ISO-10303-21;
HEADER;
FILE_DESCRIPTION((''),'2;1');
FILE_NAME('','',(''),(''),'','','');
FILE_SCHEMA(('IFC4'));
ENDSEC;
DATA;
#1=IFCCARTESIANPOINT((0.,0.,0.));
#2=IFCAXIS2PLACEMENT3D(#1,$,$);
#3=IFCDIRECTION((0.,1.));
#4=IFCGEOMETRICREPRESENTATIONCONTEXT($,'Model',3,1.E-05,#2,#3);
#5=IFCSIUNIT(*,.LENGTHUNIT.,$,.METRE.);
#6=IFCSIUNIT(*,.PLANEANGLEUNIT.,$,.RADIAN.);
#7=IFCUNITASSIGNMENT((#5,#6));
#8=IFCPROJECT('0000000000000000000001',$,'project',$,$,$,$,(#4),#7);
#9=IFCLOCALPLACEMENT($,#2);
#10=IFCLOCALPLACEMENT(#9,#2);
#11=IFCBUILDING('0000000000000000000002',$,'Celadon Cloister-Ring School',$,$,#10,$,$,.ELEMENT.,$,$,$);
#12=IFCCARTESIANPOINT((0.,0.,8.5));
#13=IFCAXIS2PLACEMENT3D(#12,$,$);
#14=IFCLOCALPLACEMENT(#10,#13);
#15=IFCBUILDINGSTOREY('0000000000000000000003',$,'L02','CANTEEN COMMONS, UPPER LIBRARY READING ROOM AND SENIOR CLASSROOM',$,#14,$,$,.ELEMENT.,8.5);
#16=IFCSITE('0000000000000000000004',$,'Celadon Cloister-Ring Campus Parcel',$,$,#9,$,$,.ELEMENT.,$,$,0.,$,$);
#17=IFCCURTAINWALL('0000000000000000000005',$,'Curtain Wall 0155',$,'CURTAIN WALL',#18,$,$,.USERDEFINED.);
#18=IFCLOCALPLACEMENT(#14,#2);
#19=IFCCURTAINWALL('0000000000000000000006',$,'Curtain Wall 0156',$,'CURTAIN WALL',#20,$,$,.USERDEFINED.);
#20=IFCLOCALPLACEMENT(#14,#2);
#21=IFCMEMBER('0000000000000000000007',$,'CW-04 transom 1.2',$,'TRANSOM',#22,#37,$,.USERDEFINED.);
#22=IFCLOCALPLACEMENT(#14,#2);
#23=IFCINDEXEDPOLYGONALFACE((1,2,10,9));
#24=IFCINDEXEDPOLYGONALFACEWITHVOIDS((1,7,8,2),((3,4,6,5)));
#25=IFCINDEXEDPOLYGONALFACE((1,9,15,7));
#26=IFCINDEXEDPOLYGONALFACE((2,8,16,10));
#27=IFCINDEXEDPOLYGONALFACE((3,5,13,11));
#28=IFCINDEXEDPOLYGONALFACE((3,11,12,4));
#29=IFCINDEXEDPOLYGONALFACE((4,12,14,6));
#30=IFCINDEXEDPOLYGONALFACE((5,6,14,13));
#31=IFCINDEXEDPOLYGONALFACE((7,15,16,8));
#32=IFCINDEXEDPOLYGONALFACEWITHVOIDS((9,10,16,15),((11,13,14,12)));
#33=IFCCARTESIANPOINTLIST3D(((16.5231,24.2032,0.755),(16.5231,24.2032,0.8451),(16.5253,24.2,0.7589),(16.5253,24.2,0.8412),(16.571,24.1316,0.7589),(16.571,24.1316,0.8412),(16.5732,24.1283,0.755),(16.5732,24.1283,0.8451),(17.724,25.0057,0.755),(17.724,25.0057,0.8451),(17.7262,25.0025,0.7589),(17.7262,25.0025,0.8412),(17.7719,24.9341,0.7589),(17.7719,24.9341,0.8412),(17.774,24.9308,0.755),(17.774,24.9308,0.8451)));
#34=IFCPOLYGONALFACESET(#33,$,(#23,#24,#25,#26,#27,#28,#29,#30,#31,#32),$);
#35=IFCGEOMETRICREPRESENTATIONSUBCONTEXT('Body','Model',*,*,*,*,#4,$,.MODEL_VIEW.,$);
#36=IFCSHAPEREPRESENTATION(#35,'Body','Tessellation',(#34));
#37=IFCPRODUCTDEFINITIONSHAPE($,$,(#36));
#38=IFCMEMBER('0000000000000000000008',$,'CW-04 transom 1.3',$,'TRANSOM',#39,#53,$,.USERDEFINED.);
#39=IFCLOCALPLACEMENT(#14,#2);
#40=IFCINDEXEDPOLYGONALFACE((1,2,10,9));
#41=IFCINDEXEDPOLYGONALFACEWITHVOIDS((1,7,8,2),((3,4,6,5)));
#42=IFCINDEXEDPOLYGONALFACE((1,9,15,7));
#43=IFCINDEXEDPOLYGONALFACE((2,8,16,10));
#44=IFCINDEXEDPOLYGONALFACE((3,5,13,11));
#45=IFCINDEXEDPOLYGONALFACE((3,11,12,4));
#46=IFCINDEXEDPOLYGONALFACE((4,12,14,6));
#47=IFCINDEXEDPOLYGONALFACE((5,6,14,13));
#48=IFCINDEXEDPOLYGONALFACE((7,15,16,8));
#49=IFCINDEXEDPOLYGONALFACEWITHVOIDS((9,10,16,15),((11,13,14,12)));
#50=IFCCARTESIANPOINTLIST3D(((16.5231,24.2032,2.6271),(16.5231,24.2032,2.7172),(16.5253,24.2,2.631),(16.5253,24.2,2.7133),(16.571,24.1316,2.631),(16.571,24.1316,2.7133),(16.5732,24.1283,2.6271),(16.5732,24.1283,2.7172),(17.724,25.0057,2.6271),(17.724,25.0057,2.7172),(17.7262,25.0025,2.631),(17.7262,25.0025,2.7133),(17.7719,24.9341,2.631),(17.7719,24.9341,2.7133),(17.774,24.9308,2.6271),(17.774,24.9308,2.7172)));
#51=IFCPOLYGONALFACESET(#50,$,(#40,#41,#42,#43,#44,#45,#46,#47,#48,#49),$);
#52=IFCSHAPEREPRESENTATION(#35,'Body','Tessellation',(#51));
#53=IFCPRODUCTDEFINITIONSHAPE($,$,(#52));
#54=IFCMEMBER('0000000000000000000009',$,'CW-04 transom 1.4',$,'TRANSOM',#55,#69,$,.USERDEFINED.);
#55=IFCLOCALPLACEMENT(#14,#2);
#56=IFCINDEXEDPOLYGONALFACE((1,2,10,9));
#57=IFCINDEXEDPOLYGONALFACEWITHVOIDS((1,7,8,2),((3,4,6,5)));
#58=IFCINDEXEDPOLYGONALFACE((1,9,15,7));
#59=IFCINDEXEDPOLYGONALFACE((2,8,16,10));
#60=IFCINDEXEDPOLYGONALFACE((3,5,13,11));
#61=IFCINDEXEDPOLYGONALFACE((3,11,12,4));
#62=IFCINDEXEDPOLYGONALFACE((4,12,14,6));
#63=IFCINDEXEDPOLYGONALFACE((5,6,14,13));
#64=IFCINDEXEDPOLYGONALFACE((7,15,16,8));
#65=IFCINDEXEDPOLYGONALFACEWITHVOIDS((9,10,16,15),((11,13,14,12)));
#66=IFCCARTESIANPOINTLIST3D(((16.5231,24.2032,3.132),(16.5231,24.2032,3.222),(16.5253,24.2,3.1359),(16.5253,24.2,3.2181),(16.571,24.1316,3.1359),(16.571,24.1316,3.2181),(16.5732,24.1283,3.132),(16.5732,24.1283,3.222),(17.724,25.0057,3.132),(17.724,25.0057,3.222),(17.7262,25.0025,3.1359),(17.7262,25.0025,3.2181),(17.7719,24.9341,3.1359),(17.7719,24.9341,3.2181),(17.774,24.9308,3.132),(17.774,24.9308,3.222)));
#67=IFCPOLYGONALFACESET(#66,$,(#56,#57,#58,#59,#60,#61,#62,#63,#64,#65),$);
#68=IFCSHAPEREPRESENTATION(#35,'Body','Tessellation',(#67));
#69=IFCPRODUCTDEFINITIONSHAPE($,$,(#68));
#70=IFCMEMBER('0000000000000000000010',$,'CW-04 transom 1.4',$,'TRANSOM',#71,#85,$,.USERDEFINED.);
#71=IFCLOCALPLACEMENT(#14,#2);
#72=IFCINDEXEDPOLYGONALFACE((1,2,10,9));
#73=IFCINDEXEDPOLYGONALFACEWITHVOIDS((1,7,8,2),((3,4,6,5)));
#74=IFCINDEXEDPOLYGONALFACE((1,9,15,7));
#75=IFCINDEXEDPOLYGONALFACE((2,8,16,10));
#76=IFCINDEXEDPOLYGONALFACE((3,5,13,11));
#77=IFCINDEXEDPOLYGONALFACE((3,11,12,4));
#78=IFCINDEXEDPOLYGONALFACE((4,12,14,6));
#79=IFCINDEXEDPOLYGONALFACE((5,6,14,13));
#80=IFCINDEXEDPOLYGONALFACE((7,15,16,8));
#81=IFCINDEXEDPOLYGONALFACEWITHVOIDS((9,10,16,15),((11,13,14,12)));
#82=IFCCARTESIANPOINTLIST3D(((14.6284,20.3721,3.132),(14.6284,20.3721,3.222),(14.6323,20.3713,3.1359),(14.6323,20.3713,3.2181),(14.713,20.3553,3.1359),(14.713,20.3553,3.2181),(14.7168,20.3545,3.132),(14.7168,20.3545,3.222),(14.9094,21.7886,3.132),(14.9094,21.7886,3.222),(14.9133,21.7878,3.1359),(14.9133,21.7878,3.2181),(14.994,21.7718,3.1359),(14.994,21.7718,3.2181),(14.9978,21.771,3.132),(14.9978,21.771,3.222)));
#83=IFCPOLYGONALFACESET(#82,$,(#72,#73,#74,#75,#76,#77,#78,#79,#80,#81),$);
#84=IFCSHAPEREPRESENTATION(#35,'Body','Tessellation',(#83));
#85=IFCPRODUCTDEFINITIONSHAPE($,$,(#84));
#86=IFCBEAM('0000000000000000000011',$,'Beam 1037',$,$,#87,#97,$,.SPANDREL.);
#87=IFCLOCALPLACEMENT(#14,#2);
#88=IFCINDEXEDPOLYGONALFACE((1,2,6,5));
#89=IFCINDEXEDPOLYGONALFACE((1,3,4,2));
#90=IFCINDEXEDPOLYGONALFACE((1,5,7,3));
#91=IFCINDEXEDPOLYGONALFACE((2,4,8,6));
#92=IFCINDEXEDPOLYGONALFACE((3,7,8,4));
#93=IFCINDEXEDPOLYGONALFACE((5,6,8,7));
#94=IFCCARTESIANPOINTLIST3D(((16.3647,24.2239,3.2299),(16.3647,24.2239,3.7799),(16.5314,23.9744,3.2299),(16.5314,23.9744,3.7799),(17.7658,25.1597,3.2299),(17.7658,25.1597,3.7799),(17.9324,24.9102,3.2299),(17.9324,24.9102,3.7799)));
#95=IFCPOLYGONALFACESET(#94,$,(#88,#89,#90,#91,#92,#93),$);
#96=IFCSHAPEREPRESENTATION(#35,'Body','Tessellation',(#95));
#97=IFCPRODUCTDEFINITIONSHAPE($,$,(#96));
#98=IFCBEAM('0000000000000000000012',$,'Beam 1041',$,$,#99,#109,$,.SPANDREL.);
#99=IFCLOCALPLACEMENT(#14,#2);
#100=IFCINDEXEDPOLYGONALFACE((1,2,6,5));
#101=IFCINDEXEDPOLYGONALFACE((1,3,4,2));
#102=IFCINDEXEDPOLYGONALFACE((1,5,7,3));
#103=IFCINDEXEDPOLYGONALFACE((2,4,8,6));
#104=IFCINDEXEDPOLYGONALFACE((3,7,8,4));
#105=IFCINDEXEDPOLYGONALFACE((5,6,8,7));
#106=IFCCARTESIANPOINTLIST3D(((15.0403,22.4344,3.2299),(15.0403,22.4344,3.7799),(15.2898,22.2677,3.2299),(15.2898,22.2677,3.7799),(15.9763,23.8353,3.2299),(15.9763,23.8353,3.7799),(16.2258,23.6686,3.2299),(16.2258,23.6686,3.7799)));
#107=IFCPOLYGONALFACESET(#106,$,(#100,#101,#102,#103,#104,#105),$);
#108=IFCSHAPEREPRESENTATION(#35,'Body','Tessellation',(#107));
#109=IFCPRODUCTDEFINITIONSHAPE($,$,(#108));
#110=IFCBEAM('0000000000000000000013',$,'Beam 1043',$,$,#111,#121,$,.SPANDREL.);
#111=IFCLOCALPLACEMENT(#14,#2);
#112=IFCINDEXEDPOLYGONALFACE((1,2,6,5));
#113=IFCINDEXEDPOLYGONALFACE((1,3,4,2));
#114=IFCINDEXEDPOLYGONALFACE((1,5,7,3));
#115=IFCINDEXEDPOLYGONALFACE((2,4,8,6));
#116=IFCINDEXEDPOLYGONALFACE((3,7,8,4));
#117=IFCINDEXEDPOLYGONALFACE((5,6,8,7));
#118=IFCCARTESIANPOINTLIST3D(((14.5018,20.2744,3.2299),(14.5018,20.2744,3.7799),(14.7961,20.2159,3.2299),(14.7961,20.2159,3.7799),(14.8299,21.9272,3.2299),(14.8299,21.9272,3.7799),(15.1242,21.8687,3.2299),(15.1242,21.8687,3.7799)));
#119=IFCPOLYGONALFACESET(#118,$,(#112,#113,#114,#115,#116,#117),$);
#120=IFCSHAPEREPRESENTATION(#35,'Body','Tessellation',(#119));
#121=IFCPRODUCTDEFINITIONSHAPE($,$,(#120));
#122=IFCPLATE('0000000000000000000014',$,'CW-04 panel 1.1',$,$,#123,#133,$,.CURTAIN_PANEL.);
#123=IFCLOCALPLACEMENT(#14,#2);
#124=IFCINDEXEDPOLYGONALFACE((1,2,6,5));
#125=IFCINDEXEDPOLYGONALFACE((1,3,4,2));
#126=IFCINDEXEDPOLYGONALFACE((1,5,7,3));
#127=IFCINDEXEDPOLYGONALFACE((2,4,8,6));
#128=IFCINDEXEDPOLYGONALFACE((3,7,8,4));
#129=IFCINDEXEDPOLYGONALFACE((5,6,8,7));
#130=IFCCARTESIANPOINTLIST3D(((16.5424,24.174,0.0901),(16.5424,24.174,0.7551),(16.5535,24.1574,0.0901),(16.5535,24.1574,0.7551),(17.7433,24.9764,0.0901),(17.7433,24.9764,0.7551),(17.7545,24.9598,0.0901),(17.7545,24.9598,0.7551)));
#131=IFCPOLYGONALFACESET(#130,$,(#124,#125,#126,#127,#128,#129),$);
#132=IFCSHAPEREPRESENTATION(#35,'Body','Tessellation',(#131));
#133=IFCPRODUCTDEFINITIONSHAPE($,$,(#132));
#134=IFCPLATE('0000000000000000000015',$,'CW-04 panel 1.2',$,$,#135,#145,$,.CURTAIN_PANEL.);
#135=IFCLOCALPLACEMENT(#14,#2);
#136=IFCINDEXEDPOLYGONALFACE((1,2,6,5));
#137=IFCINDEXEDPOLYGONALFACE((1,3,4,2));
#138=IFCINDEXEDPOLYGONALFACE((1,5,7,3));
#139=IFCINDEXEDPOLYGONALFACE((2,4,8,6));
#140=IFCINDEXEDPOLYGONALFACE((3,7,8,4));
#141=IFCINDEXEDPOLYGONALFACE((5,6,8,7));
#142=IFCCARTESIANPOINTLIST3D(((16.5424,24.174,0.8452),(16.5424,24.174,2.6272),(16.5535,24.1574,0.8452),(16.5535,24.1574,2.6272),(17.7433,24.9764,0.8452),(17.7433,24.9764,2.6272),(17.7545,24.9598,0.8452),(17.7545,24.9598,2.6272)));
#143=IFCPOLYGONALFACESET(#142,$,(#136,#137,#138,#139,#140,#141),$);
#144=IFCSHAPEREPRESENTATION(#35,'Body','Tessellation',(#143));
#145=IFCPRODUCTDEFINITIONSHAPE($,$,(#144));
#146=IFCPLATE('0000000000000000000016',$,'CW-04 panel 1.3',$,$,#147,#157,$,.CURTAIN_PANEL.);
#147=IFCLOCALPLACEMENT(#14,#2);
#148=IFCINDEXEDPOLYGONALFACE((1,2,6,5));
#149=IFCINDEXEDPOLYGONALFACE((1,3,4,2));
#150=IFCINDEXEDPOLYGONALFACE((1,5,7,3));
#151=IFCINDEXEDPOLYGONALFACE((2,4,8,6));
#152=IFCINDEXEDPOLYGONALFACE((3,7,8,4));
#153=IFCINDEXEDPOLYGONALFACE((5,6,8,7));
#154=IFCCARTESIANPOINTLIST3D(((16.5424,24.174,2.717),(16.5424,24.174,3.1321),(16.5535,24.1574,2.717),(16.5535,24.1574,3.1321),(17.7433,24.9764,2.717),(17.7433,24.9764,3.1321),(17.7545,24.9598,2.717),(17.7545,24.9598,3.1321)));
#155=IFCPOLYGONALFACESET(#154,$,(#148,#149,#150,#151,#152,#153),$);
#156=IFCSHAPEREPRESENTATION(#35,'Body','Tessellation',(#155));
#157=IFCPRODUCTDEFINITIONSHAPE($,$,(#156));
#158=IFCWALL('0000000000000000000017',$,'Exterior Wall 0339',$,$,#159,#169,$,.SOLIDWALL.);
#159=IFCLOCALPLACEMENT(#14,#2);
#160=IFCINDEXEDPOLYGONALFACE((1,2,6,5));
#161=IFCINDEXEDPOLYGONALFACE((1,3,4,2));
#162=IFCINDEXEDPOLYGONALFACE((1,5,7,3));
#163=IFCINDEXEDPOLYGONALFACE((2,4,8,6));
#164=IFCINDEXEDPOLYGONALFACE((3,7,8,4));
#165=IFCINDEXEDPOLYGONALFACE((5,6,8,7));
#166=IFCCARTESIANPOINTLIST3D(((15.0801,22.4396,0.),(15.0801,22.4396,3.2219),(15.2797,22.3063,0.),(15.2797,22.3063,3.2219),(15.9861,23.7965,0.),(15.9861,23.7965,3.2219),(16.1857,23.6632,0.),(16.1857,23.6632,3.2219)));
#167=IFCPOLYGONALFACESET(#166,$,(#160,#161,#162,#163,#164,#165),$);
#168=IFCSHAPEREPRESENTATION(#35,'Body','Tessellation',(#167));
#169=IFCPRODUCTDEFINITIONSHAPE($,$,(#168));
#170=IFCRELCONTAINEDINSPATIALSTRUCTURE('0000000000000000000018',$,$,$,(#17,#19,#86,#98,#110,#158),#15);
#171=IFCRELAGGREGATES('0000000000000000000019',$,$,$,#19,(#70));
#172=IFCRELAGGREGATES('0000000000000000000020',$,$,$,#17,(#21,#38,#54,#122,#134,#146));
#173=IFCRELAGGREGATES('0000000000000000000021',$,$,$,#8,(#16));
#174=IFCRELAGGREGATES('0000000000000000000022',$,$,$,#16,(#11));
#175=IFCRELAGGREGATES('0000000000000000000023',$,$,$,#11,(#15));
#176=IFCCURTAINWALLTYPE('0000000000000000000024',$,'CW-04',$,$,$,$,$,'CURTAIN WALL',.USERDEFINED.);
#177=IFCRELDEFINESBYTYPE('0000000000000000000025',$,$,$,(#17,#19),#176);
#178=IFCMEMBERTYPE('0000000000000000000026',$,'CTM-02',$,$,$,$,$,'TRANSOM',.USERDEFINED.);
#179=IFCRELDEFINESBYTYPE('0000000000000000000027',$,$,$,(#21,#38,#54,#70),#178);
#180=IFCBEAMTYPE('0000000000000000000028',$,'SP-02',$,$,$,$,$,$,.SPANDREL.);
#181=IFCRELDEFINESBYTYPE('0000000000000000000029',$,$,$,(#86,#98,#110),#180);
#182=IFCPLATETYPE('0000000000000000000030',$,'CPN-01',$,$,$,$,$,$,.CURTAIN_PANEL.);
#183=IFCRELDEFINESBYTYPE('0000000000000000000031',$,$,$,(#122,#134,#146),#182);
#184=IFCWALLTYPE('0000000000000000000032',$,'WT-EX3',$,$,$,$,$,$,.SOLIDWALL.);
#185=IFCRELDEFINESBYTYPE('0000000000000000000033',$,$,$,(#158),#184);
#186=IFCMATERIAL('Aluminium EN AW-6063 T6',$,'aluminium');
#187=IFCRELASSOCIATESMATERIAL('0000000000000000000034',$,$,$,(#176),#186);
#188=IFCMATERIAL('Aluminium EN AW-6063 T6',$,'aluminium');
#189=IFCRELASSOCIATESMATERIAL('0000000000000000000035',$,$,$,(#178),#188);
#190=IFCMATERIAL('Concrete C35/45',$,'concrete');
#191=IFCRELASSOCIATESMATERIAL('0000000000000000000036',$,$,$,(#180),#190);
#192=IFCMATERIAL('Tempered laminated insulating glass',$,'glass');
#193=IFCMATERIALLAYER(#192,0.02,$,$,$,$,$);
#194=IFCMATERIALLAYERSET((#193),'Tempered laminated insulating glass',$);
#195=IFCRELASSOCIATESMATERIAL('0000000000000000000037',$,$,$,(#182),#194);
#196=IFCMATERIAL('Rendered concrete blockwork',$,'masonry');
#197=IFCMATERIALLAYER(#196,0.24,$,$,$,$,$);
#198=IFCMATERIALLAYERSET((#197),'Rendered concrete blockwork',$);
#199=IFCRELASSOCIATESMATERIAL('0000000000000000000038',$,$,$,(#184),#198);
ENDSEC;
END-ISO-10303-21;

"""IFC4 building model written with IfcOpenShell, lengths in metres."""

from ifc_helpers import new_model, si_unit, direction, frame, frame_2d, origin, origin_2d, place, context, subcontext, project, spatial, rectangle, hollow_rectangle, extrude, material, layer, layer_set, material_profile, profile_set, type_object, element, aggregate, save


model = new_model("IFC4")

# Units and contexts
model_context = context("Model", 3, precision=1e-05, world=origin(), true_north=direction((0.0, 1.0)))
body_context = subcontext(model_context, "Body", "Model", "MODEL_VIEW")
ifc_project = project(units=[si_unit("LENGTHUNIT", "METRE"), si_unit("PLANEANGLEUNIT", "RADIAN")], contexts=[model_context])

# Site, building, storey
site_placement = place(None, origin())
site = spatial("IfcSite", under=ifc_project, at=site_placement, Name="Celadon Cloister-Ring Campus Parcel", CompositionType="ELEMENT", RefElevation=0.0)
building_placement = place(site_placement, origin())
building = spatial("IfcBuilding", under=site, at=building_placement, Name="Celadon Cloister-Ring School", CompositionType="ELEMENT")
storey_placement = place(building_placement, frame((0.0, 0.0, 8.5)))
storey = spatial("IfcBuildingStorey", under=building, at=storey_placement, Name="L02", Description="CANTEEN COMMONS, UPPER LIBRARY READING ROOM AND SENIOR CLASSROOM", CompositionType="ELEMENT", Elevation=8.5)

# Curtain wall
ifc_material_1 = material(Name="Aluminium EN AW-6063 T6", Category="aluminium")
curtain_wall_type = type_object("IfcCurtainWallType", Name="CW-04", ElementType="CURTAIN WALL", PredefinedType="USERDEFINED", material=ifc_material_1)
curtain_wall_1_placement = place(storey_placement, origin())
curtain_wall_1 = element("IfcCurtainWall", 1, at=curtain_wall_1_placement, inside=storey, type_object=curtain_wall_type, Name="Curtain Wall 0155", ObjectType="CURTAIN WALL", PredefinedType="USERDEFINED")

# Curtain wall
curtain_wall_2_placement = place(storey_placement, origin())
curtain_wall_2 = element("IfcCurtainWall", 2, at=curtain_wall_2_placement, inside=storey, type_object=curtain_wall_type, Name="Curtain Wall 0156", ObjectType="CURTAIN WALL", PredefinedType="USERDEFINED")

# Members
ifc_material_2 = material(Name="Aluminium EN AW-6063 T6", Category="aluminium")
ifc_material_profile_1 = material_profile(ifc_material_2, hollow_rectangle(XDim=0.0901, YDim=0.0901, WallThickness=0.0039, at=origin_2d()), Name="RHS90X90X4")
ifc_profile_set_1 = profile_set([ifc_material_profile_1], Name="Aluminium EN AW-6063 T6")
member_type_1 = type_object("IfcMemberType", Name="CTM-02", ElementType="TRANSOM", PredefinedType="USERDEFINED", material=ifc_profile_set_1)
member_1_placement = place(storey_placement, frame((17.749, 24.9683, 0.8), z_axis=(-0.831452, -0.555597, 0.0), x_axis=(0.555597, -0.831452, 0.0)))
member_1 = element("IfcMember", 3, at=member_1_placement, type_object=member_type_1, Name="CW-04 transom 1.2", ObjectType="TRANSOM", PredefinedType="USERDEFINED", context=body_context, shape_type="SweptSolid", body=[
    extrude(hollow_rectangle(XDim=0.0901, YDim=0.0901, WallThickness=0.0039, at=origin_2d()), origin(), (0.0, 0.0, 1.0), 1.4443),
])
member_2_placement = place(storey_placement, frame((17.749, 24.9683, 2.6721), z_axis=(-0.831452, -0.555597, 0.0), x_axis=(0.555597, -0.831452, 0.0)))
member_2 = element("IfcMember", 4, at=member_2_placement, type_object=member_type_1, Name="CW-04 transom 1.3", ObjectType="TRANSOM", PredefinedType="USERDEFINED", context=body_context, shape_type="SweptSolid", body=[
    extrude(hollow_rectangle(XDim=0.0901, YDim=0.0901, WallThickness=0.0039, at=origin_2d()), origin(), (0.0, 0.0, 1.0), 1.4443),
])
member_3_placement = place(storey_placement, frame((17.749, 24.9683, 3.177), z_axis=(-0.831452, -0.555597, 0.0), x_axis=(0.555597, -0.831452, 0.0)))
member_3 = element("IfcMember", 5, at=member_3_placement, type_object=member_type_1, Name="CW-04 transom 1.4", ObjectType="TRANSOM", PredefinedType="USERDEFINED", context=body_context, shape_type="SweptSolid", body=[
    extrude(hollow_rectangle(XDim=0.0901, YDim=0.0901, WallThickness=0.0039, at=origin_2d()), origin(), (0.0, 0.0, 1.0), 1.4443),
])
member_4_placement = place(storey_placement, frame((14.9536, 21.7798, 3.177), z_axis=(-0.194588, -0.980885, 0.0), x_axis=(0.980885, -0.194588, 0.0)))
member_4 = element("IfcMember", 6, at=member_4_placement, type_object=member_type_1, Name="CW-04 transom 1.4", ObjectType="TRANSOM", PredefinedType="USERDEFINED", context=body_context, shape_type="SweptSolid", body=[
    extrude(hollow_rectangle(XDim=0.0901, YDim=0.0901, WallThickness=0.0039, at=origin_2d()), origin(), (0.0, 0.0, 1.0), 1.4441),
])
aggregate(curtain_wall_2, [member_4])

# Beams
ifc_material_3 = material(Name="Concrete C35/45", Category="concrete")
ifc_material_profile_2 = material_profile(ifc_material_3, rectangle(XDim=0.3, YDim=0.55, at=origin_2d()), Name="RC300X550")
ifc_profile_set_2 = profile_set([ifc_material_profile_2], Name="Concrete C35/45")
beam_type = type_object("IfcBeamType", Name="SP-02", PredefinedType="SPANDREL", material=ifc_profile_set_2)
for number, where, z_axis, x_axis, name in (
    (7, (17.8491, 25.0349, 3.5049), (-0.831582, -0.555402, 0.0), (0.555402, -0.831582, 0.0), "Beam 1037"),
    (8, (16.1011, 23.752, 3.5049), (-0.555569, -0.83147, 0.0), (0.83147, -0.555569, 0.0), "Beam 1041"),
):
    element("IfcBeam", number, at=place(storey_placement, frame(where, z_axis=z_axis, x_axis=x_axis)), inside=storey, type_object=beam_type, Name=name, PredefinedType="SPANDREL", context=body_context, shape_type="SweptSolid", body=[
        extrude(rectangle(XDim=0.3, YDim=0.55, at=origin_2d()), origin(), (0.0, 0.0, 1.0), 1.6848),
    ])
beam_placement = place(storey_placement, frame((14.9771, 21.8979, 3.5049), z_axis=(-0.194723, -0.980858, 0.0), x_axis=(0.980858, -0.194723, 0.0)))
element("IfcBeam", 9, at=beam_placement, inside=storey, type_object=beam_type, Name="Beam 1043", PredefinedType="SPANDREL", context=body_context, shape_type="SweptSolid", body=[
    extrude(rectangle(XDim=0.3, YDim=0.55, at=origin_2d()), origin(), (0.0, 0.0, 1.0), 1.6851),
])

# Plates
ifc_material_4 = material(Name="Tempered laminated insulating glass", Category="glass")
ifc_layer_1 = layer(ifc_material_4, 0.02)
ifc_layer_set_1 = layer_set([ifc_layer_1], Name="Tempered laminated insulating glass")
plate_type = type_object("IfcPlateType", Name="CPN-01", PredefinedType="CURTAIN_PANEL", material=ifc_layer_set_1)
plate_1_placement = place(storey_placement, frame((17.1484, 24.5669, 0.0901), z_axis=(0.0, 0.0, 1.0), x_axis=(-0.831485, -0.555547, 0.0)))
plate_1 = element("IfcPlate", 10, at=plate_1_placement, type_object=plate_type, Name="CW-04 panel 1.1", PredefinedType="CURTAIN_PANEL", context=body_context, shape_type="SweptSolid", body=[
    extrude(rectangle(XDim=1.4443, YDim=0.02, at=origin_2d()), origin(), (0.0, 0.0, 1.0), 0.665),
])
plate_2_placement = place(storey_placement, frame((17.1484, 24.5669, 0.8452), z_axis=(0.0, 0.0, 1.0), x_axis=(-0.831485, -0.555547, 0.0)))
plate_2 = element("IfcPlate", 11, at=plate_2_placement, type_object=plate_type, Name="CW-04 panel 1.2", PredefinedType="CURTAIN_PANEL", context=body_context, shape_type="SweptSolid", body=[
    extrude(rectangle(XDim=1.4443, YDim=0.02, at=origin_2d()), origin(), (0.0, 0.0, 1.0), 1.782),
])
plate_3_placement = place(storey_placement, frame((17.1484, 24.5669, 2.717), z_axis=(0.0, 0.0, 1.0), x_axis=(-0.831485, -0.555547, 0.0)))
plate_3 = element("IfcPlate", 12, at=plate_3_placement, type_object=plate_type, Name="CW-04 panel 1.3", PredefinedType="CURTAIN_PANEL", context=body_context, shape_type="SweptSolid", body=[
    extrude(rectangle(XDim=1.4443, YDim=0.02, at=origin_2d()), origin(), (0.0, 0.0, 1.0), 0.415),
])
aggregate(curtain_wall_1, [member_1, member_2, member_3, plate_1, plate_2, plate_3])

# Wall
ifc_material_5 = material(Name="Rendered concrete blockwork", Category="masonry")
ifc_layer_2 = layer(ifc_material_5, 0.24)
ifc_layer_set_2 = layer_set([ifc_layer_2], Name="Rendered concrete blockwork")
wall_type = type_object("IfcWallType", Name="WT-EX3", PredefinedType="SOLIDWALL", material=ifc_layer_set_2)
wall_placement = place(storey_placement, frame((16.0859, 23.73, 0.0), z_axis=(0.0, 0.0, 1.0), x_axis=(-0.555287, -0.831659, 0.0)))
element("IfcWall", 13, at=wall_placement, inside=storey, type_object=wall_type, Name="Exterior Wall 0339", PredefinedType="SOLIDWALL", context=body_context, shape_type="SweptSolid", body=[
    extrude(rectangle(XDim=1.6316, YDim=0.24, at=frame_2d((0.8159, 0.0))), origin(), (0.0, 0.0, 1.0), 3.2219),
])

save(model, "model.ifc")
